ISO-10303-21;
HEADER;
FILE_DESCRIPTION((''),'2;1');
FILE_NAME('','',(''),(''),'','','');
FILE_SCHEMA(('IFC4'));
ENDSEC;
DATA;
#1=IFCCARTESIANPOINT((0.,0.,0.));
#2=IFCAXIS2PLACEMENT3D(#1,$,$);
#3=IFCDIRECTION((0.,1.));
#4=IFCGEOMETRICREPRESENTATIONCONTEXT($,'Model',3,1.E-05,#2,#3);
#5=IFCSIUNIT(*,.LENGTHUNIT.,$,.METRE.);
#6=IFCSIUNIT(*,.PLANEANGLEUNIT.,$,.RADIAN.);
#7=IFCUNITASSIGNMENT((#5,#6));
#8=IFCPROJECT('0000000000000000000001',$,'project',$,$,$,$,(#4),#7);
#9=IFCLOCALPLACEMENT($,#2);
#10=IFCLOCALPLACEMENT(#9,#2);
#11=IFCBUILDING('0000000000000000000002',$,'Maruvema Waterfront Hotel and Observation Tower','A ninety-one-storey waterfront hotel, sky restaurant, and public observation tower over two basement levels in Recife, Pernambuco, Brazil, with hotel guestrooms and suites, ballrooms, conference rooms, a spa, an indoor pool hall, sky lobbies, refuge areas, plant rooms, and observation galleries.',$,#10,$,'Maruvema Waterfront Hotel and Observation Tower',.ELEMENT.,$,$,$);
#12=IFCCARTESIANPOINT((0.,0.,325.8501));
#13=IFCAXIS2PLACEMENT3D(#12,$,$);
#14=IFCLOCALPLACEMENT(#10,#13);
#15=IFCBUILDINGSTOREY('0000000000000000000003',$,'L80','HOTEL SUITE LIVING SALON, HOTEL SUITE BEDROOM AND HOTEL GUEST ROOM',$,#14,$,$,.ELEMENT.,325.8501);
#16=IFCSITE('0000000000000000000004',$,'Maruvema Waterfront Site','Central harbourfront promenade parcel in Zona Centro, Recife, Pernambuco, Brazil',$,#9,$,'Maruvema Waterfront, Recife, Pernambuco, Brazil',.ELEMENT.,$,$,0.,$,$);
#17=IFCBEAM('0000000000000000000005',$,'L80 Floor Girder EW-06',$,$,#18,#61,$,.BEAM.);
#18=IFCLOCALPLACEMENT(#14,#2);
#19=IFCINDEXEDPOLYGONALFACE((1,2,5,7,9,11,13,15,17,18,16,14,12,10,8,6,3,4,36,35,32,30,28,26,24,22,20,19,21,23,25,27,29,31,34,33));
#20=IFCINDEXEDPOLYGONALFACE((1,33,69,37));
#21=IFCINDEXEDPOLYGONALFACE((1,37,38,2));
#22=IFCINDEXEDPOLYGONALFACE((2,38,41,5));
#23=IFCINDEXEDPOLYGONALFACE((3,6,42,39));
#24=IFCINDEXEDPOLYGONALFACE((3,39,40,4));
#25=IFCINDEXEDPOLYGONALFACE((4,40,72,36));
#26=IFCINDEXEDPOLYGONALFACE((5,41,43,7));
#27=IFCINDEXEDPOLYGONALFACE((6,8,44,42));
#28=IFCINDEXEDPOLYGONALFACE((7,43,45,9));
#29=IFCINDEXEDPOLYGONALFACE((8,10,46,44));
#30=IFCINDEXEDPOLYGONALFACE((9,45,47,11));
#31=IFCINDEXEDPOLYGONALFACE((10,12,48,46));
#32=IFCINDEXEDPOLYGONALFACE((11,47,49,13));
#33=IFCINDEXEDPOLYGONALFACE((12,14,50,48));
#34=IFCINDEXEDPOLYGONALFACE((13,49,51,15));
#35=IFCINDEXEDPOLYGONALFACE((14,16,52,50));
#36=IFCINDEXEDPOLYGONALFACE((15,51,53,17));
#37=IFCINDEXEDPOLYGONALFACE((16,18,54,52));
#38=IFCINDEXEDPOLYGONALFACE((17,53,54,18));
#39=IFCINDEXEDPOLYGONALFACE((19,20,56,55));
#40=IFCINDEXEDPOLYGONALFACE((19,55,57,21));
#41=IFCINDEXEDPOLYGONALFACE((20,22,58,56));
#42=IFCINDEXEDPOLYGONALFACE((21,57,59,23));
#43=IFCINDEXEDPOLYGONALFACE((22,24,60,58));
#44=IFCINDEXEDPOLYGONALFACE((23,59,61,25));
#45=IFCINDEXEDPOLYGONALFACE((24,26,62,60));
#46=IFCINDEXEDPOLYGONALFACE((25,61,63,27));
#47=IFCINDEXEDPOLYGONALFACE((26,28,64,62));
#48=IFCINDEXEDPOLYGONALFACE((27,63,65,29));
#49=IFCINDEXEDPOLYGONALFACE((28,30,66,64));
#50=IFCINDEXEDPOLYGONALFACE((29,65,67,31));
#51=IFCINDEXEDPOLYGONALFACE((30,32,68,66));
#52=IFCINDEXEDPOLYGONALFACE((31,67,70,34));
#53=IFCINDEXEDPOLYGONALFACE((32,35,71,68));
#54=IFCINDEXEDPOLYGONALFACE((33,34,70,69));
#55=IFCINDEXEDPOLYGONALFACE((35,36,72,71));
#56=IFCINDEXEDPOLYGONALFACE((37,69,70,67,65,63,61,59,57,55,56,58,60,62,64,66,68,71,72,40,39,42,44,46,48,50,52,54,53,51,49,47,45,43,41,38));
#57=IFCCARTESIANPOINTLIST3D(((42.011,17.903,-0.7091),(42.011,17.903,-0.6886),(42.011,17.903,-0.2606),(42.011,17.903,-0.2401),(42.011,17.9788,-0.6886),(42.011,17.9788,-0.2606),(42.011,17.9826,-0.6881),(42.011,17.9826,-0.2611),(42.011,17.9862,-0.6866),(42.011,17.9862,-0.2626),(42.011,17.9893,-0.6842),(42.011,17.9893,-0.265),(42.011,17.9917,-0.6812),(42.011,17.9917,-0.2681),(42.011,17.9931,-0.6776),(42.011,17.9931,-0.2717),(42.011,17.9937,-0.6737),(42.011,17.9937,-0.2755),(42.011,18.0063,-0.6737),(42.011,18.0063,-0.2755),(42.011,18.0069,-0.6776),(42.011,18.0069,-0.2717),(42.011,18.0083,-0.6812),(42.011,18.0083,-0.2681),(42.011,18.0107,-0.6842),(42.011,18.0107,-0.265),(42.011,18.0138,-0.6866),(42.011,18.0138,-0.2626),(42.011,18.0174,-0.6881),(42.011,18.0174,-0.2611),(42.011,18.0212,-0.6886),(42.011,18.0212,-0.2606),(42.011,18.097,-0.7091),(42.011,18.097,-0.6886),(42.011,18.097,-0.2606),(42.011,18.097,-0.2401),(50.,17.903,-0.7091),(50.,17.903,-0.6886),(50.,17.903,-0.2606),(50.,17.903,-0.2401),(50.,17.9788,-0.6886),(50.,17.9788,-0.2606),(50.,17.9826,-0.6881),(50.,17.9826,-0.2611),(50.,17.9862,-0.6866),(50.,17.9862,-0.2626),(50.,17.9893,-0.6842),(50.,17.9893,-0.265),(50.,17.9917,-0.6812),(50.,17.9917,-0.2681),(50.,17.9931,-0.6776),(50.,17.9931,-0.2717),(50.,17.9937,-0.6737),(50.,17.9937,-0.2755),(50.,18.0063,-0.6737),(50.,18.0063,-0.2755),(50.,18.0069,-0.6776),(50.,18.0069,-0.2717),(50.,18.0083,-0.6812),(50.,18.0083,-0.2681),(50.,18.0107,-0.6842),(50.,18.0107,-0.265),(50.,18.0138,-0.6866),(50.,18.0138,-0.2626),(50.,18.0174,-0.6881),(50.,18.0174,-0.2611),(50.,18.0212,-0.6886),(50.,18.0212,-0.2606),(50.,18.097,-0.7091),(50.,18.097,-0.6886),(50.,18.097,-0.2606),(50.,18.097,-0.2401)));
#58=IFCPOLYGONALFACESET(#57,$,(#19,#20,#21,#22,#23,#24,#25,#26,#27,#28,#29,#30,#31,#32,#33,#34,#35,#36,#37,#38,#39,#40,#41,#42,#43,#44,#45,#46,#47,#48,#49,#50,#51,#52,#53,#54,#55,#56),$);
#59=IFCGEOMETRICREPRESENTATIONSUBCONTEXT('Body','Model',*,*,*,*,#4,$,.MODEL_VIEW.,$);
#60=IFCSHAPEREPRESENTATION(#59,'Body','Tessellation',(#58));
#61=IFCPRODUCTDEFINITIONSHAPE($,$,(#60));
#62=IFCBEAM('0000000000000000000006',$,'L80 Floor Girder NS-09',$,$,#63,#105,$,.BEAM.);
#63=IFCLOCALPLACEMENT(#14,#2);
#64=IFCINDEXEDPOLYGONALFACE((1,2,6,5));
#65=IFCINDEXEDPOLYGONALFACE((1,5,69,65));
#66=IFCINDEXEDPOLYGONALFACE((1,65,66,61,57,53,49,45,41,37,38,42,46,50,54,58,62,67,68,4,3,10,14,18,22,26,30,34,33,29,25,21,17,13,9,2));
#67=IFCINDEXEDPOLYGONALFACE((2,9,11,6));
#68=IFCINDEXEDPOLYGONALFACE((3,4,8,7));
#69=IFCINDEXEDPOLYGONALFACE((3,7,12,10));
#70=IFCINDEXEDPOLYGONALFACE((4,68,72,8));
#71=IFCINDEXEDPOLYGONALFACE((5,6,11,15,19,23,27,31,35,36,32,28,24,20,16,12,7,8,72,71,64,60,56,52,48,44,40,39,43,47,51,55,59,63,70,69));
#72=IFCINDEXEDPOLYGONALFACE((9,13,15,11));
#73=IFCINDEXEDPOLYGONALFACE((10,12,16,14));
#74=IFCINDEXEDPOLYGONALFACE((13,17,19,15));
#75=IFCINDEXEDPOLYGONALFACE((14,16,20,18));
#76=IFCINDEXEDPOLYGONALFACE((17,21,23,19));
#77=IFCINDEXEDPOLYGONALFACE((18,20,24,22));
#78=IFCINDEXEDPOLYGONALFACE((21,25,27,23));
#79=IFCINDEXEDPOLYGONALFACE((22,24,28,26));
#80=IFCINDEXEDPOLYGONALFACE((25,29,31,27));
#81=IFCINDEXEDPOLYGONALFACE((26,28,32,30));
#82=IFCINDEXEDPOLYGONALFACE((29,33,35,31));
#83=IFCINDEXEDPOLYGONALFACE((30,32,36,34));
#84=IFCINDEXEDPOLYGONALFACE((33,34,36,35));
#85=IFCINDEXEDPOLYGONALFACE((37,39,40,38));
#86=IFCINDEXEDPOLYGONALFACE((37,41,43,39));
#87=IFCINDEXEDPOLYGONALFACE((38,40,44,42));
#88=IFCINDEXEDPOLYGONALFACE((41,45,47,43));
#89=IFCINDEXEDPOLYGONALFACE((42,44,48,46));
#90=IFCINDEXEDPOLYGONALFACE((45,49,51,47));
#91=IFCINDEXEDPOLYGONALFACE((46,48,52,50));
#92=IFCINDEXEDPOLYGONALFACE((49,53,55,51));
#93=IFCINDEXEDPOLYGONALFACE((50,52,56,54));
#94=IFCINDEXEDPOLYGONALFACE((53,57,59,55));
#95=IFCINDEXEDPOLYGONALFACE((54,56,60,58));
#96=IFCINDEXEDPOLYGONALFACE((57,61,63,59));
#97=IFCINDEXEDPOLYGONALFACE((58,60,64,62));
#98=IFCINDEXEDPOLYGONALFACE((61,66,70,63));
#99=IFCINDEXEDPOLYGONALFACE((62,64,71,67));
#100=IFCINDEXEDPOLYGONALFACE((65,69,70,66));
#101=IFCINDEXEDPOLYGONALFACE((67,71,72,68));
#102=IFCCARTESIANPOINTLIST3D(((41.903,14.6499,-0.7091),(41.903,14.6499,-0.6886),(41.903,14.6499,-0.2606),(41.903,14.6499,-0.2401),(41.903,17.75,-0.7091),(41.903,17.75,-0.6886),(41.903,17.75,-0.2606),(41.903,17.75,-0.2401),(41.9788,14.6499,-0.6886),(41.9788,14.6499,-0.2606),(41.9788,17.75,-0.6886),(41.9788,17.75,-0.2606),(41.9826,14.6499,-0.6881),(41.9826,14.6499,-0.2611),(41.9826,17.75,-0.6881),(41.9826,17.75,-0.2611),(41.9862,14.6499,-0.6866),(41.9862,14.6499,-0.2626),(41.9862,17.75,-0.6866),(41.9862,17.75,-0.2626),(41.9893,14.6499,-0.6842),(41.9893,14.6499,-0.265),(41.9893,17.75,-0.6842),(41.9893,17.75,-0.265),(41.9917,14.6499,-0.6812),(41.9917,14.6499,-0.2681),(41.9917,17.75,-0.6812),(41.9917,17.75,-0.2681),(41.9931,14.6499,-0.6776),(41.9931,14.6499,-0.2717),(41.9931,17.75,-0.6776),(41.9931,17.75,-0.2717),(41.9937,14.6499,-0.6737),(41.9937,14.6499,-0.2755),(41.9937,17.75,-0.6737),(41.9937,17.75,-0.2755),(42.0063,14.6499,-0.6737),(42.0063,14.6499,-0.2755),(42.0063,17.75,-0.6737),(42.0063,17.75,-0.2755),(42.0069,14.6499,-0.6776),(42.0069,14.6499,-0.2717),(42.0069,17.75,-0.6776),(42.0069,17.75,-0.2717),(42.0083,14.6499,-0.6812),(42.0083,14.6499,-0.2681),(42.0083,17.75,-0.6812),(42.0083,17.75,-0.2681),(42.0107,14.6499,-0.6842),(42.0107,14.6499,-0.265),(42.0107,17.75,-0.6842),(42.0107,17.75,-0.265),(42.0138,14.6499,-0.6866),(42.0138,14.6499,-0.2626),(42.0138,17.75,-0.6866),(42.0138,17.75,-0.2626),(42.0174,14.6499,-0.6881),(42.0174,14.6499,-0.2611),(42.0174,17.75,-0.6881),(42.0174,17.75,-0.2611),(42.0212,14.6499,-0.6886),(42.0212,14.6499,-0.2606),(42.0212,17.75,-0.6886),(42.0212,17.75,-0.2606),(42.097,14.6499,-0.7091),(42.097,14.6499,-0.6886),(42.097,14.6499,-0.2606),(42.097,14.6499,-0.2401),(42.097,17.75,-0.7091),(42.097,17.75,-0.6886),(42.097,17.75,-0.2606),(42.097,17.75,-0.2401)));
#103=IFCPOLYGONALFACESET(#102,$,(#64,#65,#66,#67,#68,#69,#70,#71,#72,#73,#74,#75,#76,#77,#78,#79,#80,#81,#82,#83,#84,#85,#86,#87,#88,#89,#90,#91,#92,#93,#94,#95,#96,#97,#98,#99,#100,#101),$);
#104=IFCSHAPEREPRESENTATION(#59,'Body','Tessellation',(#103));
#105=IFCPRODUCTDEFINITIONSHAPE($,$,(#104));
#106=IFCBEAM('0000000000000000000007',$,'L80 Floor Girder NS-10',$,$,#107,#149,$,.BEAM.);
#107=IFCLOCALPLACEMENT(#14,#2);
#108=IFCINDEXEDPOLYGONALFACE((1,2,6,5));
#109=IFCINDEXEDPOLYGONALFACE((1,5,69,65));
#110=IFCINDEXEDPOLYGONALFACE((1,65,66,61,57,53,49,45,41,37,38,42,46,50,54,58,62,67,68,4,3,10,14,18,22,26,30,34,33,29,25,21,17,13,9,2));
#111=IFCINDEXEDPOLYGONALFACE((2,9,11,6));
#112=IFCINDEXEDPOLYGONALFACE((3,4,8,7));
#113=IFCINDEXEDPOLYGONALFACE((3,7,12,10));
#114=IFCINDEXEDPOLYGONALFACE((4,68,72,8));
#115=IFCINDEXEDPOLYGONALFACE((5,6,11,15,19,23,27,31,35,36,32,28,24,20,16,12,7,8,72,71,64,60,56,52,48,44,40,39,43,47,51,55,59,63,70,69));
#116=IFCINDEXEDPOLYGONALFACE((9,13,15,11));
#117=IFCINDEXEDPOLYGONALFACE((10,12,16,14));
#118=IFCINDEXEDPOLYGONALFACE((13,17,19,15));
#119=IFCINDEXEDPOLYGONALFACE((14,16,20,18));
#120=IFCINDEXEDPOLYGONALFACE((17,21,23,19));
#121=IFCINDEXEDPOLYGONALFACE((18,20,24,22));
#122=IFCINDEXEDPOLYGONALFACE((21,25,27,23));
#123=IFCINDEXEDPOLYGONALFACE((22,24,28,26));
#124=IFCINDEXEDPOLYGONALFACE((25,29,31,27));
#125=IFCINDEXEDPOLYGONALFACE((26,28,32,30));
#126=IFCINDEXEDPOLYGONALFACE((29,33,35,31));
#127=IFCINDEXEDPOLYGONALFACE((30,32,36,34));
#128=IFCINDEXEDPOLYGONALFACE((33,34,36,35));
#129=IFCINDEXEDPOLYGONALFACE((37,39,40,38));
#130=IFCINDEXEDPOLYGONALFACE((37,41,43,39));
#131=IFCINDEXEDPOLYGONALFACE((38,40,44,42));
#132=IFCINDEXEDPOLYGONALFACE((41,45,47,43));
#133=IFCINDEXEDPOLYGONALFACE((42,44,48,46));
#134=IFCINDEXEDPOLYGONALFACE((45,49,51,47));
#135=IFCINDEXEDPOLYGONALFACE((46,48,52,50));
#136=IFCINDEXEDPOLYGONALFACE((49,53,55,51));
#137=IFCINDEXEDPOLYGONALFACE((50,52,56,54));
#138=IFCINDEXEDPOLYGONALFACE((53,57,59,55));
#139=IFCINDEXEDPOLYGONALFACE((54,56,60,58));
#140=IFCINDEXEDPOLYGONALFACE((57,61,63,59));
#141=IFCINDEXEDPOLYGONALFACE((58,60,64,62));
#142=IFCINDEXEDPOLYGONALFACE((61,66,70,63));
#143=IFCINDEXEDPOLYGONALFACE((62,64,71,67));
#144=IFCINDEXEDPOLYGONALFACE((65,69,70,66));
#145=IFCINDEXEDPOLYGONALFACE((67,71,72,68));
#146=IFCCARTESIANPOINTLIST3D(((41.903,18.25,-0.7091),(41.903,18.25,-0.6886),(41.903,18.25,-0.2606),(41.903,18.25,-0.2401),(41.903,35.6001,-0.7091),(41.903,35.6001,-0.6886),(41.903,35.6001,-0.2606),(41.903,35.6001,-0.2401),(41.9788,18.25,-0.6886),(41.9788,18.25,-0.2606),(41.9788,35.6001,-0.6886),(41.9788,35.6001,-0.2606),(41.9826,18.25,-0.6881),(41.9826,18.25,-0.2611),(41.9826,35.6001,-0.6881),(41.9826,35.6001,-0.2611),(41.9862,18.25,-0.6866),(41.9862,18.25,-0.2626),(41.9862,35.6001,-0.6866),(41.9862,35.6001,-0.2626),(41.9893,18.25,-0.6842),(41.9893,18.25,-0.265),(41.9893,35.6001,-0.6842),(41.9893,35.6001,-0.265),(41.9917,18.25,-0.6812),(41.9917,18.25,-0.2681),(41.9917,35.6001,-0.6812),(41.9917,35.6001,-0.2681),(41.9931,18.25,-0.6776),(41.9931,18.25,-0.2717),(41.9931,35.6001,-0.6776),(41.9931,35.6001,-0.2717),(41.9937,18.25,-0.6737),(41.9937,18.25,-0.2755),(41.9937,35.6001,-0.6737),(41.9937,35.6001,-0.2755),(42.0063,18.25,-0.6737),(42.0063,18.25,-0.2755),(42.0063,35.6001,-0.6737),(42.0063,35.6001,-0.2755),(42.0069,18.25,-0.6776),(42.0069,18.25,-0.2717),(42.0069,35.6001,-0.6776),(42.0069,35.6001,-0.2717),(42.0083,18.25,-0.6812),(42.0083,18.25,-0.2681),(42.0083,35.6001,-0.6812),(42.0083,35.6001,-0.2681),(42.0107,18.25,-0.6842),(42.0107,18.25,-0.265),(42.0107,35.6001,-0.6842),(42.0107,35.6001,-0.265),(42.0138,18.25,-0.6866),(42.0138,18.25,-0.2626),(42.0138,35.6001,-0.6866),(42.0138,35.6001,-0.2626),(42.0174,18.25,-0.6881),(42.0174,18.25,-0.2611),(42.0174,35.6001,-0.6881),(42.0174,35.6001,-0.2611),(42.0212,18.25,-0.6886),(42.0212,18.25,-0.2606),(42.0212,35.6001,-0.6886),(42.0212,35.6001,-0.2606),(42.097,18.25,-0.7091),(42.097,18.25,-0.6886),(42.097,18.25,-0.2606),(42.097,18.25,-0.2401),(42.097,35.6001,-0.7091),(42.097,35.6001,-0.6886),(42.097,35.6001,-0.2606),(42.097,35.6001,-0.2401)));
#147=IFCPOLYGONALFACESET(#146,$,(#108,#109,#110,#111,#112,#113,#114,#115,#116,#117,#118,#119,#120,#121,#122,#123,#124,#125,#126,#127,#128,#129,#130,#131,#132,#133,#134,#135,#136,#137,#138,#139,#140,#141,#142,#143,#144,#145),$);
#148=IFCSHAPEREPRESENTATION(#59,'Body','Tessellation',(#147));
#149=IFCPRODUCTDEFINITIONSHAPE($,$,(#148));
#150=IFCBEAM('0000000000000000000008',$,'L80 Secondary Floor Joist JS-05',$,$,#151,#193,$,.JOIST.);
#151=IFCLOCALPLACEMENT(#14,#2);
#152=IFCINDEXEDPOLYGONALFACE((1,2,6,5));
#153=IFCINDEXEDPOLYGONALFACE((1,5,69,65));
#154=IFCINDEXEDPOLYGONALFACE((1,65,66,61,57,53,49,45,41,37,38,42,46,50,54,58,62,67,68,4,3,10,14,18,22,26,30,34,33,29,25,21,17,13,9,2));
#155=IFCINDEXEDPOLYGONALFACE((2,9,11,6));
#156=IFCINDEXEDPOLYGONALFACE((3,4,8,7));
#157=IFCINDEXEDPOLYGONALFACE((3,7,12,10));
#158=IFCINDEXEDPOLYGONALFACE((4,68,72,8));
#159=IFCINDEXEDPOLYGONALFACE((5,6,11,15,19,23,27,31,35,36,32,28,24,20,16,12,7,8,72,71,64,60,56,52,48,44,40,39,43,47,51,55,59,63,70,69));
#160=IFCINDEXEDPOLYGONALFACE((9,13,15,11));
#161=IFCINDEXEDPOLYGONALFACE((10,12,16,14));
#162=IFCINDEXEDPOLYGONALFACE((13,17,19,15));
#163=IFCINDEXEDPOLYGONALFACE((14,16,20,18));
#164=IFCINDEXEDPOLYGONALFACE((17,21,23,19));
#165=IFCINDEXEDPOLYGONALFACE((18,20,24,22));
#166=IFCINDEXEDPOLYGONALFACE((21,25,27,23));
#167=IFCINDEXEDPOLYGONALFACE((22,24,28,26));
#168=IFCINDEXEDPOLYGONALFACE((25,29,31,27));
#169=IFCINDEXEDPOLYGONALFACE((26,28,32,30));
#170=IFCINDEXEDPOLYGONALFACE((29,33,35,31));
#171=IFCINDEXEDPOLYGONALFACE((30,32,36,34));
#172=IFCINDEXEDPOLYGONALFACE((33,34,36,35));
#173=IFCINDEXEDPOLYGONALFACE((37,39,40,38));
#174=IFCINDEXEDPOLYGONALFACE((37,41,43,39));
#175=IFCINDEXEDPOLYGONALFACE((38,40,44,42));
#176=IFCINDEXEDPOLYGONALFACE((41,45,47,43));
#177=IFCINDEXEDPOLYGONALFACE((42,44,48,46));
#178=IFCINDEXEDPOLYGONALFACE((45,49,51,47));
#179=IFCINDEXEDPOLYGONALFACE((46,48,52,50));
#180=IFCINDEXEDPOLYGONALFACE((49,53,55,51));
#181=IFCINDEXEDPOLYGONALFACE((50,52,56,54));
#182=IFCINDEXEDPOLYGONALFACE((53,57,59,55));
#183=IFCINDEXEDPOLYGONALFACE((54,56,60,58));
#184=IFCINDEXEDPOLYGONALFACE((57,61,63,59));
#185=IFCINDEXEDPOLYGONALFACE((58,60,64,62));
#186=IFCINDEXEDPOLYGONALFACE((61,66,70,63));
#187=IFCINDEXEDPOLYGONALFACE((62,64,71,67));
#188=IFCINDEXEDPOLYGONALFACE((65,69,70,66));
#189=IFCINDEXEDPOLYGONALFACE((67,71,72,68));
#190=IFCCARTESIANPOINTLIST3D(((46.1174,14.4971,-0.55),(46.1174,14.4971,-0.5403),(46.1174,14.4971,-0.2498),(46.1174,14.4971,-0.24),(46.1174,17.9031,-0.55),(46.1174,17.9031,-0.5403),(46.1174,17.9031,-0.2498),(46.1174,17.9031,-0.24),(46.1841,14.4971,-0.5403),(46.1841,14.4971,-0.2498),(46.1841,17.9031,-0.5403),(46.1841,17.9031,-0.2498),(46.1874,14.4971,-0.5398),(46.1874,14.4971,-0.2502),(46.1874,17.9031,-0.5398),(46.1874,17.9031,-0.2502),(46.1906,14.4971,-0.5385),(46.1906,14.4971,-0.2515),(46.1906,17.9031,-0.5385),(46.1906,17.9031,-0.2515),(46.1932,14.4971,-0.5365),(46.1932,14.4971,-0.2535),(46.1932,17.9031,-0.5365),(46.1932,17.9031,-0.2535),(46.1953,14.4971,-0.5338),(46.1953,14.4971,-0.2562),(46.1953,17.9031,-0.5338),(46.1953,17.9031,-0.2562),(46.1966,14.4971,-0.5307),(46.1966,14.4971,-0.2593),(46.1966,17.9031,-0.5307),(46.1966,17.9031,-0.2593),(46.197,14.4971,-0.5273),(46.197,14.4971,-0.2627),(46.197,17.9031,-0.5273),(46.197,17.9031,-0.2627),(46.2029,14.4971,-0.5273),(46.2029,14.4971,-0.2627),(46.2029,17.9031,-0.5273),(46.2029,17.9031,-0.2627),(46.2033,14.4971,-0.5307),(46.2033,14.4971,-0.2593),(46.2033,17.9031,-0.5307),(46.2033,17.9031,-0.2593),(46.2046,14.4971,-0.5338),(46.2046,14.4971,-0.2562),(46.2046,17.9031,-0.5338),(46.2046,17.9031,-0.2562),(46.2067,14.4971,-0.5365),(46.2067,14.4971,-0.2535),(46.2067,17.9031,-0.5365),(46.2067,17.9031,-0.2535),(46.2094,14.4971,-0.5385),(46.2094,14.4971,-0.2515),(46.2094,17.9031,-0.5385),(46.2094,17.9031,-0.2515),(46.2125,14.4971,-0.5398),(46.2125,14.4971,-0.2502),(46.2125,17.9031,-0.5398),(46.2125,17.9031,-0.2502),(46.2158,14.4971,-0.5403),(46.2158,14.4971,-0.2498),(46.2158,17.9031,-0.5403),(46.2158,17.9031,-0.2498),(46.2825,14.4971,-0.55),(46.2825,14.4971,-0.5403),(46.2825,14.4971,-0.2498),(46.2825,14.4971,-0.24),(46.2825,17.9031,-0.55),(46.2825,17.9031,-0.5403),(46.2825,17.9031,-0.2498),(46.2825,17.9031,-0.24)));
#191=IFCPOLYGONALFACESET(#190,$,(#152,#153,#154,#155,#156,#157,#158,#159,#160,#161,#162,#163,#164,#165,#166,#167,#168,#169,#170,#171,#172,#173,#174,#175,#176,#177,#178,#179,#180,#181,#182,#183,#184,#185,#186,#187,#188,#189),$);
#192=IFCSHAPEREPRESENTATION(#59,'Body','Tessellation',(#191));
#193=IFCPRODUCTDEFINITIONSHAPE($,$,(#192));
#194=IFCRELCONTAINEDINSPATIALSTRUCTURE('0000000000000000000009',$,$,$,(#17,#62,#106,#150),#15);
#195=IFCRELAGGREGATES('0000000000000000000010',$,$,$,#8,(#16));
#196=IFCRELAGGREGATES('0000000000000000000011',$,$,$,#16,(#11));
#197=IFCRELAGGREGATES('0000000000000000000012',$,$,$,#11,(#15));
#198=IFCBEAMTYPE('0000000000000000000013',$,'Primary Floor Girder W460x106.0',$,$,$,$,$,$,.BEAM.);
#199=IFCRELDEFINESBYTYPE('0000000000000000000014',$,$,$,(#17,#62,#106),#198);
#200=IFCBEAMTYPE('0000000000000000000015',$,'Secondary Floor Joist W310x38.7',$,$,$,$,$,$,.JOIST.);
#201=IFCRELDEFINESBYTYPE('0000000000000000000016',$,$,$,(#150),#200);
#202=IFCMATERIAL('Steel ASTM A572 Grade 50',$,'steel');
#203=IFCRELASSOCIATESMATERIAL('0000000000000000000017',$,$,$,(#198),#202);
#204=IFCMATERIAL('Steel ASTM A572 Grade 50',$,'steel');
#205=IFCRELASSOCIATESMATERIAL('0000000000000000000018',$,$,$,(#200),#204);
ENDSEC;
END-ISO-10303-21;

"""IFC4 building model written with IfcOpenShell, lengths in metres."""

from ifc_helpers import new_model, si_unit, direction, frame, origin, origin_2d, place, context, subcontext, project, spatial, i_section, extrude, material, material_profile, profile_set, type_object, element, save


model = new_model("IFC4")

# Units and contexts
model_context = context("Model", 3, precision=1e-05, world=origin(), true_north=direction((0.0, 1.0)))
body_context = subcontext(model_context, "Body", "Model", "MODEL_VIEW")
ifc_project = project(units=[si_unit("LENGTHUNIT", "METRE"), si_unit("PLANEANGLEUNIT", "RADIAN")], contexts=[model_context])

# Site, building, storey
site_placement = place(None, origin())
site = spatial("IfcSite", under=ifc_project, at=site_placement, Name="Maruvema Waterfront Site", Description="Central harbourfront promenade parcel in Zona Centro, Recife, Pernambuco, Brazil", LongName="Maruvema Waterfront, Recife, Pernambuco, Brazil", CompositionType="ELEMENT", RefElevation=0.0)
building_placement = place(site_placement, origin())
building = spatial("IfcBuilding", under=site, at=building_placement, Name="Maruvema Waterfront Hotel and Observation Tower", Description="A ninety-one-storey waterfront hotel, sky restaurant, and public observation tower over two basement levels in Recife, Pernambuco, Brazil, with hotel guestrooms and suites, ballrooms, conference rooms, a spa, an indoor pool hall, sky lobbies, refuge areas, plant rooms, and observation galleries.", LongName="Maruvema Waterfront Hotel and Observation Tower", CompositionType="ELEMENT")
storey_placement = place(building_placement, frame((0.0, 0.0, 325.8501)))
storey = spatial("IfcBuildingStorey", under=building, at=storey_placement, Name="L80", Description="HOTEL SUITE LIVING SALON, HOTEL SUITE BEDROOM AND HOTEL GUEST ROOM", CompositionType="ELEMENT", Elevation=325.8501)

# Beams
ifc_material_1 = material(Name="Steel ASTM A572 Grade 50", Category="steel")
ifc_material_profile_1 = material_profile(ifc_material_1, i_section(OverallWidth=0.1941, OverallDepth=0.469, WebThickness=0.0127, FlangeThickness=0.0205, FilletRadius=0.0149, at=origin_2d()), Name="W460x106.0")
ifc_profile_set_1 = profile_set([ifc_material_profile_1], Name="Steel ASTM A572 Grade 50")
beam_type_1 = type_object("IfcBeamType", Name="Primary Floor Girder W460x106.0", PredefinedType="BEAM", material=ifc_profile_set_1)
beam_1_placement = place(storey_placement, frame((42.011, 18.0, -0.4746), z_axis=(1.0, 0.0, 0.0), x_axis=(0.0, 1.0, 0.0)))
element("IfcBeam", 1, at=beam_1_placement, inside=storey, type_object=beam_type_1, Name="L80 Floor Girder EW-06", PredefinedType="BEAM", context=body_context, shape_type="SweptSolid", body=[
    extrude(i_section(OverallWidth=0.1941, OverallDepth=0.469, WebThickness=0.0127, FlangeThickness=0.0205, FilletRadius=0.0149, at=origin_2d()), origin(), (0.0, 0.0, 1.0), 7.989),
])
beam_2_placement = place(storey_placement, frame((42.0, 14.6499, -0.4746), z_axis=(0.0, 1.0, 0.0), x_axis=(-1.0, 0.0, 0.0)))
element("IfcBeam", 2, at=beam_2_placement, inside=storey, type_object=beam_type_1, Name="L80 Floor Girder NS-09", PredefinedType="BEAM", context=body_context, shape_type="SweptSolid", body=[
    extrude(i_section(OverallWidth=0.1941, OverallDepth=0.469, WebThickness=0.0127, FlangeThickness=0.0205, FilletRadius=0.0149, at=origin_2d()), origin(), (0.0, 0.0, 1.0), 3.1001),
])
beam_3_placement = place(storey_placement, frame((42.0, 18.25, -0.4746), z_axis=(0.0, 1.0, 0.0), x_axis=(-1.0, 0.0, 0.0)))
element("IfcBeam", 3, at=beam_3_placement, inside=storey, type_object=beam_type_1, Name="L80 Floor Girder NS-10", PredefinedType="BEAM", context=body_context, shape_type="SweptSolid", body=[
    extrude(i_section(OverallWidth=0.1941, OverallDepth=0.469, WebThickness=0.0127, FlangeThickness=0.0205, FilletRadius=0.0149, at=origin_2d()), origin(), (0.0, 0.0, 1.0), 17.3501),
])
ifc_material_2 = material(Name="Steel ASTM A572 Grade 50", Category="steel")
ifc_material_profile_2 = material_profile(ifc_material_2, i_section(OverallWidth=0.165, OverallDepth=0.3101, WebThickness=0.0059, FlangeThickness=0.0098, FilletRadius=0.0129, at=origin_2d()), Name="W310x38.7")
ifc_profile_set_2 = profile_set([ifc_material_profile_2], Name="Steel ASTM A572 Grade 50")
beam_type_2 = type_object("IfcBeamType", Name="Secondary Floor Joist W310x38.7", PredefinedType="JOIST", material=ifc_profile_set_2)
beam_4_placement = place(storey_placement, frame((46.2, 14.4971, -0.395), z_axis=(0.0, 1.0, 0.0), x_axis=(-1.0, 0.0, 0.0)))
element("IfcBeam", 4, at=beam_4_placement, inside=storey, type_object=beam_type_2, Name="L80 Secondary Floor Joist JS-05", PredefinedType="JOIST", context=body_context, shape_type="SweptSolid", body=[
    extrude(i_section(OverallWidth=0.165, OverallDepth=0.3101, WebThickness=0.0059, FlangeThickness=0.0098, FilletRadius=0.0129, at=origin_2d()), origin(), (0.0, 0.0, 1.0), 3.406),
])

save(model, "model.ifc")
